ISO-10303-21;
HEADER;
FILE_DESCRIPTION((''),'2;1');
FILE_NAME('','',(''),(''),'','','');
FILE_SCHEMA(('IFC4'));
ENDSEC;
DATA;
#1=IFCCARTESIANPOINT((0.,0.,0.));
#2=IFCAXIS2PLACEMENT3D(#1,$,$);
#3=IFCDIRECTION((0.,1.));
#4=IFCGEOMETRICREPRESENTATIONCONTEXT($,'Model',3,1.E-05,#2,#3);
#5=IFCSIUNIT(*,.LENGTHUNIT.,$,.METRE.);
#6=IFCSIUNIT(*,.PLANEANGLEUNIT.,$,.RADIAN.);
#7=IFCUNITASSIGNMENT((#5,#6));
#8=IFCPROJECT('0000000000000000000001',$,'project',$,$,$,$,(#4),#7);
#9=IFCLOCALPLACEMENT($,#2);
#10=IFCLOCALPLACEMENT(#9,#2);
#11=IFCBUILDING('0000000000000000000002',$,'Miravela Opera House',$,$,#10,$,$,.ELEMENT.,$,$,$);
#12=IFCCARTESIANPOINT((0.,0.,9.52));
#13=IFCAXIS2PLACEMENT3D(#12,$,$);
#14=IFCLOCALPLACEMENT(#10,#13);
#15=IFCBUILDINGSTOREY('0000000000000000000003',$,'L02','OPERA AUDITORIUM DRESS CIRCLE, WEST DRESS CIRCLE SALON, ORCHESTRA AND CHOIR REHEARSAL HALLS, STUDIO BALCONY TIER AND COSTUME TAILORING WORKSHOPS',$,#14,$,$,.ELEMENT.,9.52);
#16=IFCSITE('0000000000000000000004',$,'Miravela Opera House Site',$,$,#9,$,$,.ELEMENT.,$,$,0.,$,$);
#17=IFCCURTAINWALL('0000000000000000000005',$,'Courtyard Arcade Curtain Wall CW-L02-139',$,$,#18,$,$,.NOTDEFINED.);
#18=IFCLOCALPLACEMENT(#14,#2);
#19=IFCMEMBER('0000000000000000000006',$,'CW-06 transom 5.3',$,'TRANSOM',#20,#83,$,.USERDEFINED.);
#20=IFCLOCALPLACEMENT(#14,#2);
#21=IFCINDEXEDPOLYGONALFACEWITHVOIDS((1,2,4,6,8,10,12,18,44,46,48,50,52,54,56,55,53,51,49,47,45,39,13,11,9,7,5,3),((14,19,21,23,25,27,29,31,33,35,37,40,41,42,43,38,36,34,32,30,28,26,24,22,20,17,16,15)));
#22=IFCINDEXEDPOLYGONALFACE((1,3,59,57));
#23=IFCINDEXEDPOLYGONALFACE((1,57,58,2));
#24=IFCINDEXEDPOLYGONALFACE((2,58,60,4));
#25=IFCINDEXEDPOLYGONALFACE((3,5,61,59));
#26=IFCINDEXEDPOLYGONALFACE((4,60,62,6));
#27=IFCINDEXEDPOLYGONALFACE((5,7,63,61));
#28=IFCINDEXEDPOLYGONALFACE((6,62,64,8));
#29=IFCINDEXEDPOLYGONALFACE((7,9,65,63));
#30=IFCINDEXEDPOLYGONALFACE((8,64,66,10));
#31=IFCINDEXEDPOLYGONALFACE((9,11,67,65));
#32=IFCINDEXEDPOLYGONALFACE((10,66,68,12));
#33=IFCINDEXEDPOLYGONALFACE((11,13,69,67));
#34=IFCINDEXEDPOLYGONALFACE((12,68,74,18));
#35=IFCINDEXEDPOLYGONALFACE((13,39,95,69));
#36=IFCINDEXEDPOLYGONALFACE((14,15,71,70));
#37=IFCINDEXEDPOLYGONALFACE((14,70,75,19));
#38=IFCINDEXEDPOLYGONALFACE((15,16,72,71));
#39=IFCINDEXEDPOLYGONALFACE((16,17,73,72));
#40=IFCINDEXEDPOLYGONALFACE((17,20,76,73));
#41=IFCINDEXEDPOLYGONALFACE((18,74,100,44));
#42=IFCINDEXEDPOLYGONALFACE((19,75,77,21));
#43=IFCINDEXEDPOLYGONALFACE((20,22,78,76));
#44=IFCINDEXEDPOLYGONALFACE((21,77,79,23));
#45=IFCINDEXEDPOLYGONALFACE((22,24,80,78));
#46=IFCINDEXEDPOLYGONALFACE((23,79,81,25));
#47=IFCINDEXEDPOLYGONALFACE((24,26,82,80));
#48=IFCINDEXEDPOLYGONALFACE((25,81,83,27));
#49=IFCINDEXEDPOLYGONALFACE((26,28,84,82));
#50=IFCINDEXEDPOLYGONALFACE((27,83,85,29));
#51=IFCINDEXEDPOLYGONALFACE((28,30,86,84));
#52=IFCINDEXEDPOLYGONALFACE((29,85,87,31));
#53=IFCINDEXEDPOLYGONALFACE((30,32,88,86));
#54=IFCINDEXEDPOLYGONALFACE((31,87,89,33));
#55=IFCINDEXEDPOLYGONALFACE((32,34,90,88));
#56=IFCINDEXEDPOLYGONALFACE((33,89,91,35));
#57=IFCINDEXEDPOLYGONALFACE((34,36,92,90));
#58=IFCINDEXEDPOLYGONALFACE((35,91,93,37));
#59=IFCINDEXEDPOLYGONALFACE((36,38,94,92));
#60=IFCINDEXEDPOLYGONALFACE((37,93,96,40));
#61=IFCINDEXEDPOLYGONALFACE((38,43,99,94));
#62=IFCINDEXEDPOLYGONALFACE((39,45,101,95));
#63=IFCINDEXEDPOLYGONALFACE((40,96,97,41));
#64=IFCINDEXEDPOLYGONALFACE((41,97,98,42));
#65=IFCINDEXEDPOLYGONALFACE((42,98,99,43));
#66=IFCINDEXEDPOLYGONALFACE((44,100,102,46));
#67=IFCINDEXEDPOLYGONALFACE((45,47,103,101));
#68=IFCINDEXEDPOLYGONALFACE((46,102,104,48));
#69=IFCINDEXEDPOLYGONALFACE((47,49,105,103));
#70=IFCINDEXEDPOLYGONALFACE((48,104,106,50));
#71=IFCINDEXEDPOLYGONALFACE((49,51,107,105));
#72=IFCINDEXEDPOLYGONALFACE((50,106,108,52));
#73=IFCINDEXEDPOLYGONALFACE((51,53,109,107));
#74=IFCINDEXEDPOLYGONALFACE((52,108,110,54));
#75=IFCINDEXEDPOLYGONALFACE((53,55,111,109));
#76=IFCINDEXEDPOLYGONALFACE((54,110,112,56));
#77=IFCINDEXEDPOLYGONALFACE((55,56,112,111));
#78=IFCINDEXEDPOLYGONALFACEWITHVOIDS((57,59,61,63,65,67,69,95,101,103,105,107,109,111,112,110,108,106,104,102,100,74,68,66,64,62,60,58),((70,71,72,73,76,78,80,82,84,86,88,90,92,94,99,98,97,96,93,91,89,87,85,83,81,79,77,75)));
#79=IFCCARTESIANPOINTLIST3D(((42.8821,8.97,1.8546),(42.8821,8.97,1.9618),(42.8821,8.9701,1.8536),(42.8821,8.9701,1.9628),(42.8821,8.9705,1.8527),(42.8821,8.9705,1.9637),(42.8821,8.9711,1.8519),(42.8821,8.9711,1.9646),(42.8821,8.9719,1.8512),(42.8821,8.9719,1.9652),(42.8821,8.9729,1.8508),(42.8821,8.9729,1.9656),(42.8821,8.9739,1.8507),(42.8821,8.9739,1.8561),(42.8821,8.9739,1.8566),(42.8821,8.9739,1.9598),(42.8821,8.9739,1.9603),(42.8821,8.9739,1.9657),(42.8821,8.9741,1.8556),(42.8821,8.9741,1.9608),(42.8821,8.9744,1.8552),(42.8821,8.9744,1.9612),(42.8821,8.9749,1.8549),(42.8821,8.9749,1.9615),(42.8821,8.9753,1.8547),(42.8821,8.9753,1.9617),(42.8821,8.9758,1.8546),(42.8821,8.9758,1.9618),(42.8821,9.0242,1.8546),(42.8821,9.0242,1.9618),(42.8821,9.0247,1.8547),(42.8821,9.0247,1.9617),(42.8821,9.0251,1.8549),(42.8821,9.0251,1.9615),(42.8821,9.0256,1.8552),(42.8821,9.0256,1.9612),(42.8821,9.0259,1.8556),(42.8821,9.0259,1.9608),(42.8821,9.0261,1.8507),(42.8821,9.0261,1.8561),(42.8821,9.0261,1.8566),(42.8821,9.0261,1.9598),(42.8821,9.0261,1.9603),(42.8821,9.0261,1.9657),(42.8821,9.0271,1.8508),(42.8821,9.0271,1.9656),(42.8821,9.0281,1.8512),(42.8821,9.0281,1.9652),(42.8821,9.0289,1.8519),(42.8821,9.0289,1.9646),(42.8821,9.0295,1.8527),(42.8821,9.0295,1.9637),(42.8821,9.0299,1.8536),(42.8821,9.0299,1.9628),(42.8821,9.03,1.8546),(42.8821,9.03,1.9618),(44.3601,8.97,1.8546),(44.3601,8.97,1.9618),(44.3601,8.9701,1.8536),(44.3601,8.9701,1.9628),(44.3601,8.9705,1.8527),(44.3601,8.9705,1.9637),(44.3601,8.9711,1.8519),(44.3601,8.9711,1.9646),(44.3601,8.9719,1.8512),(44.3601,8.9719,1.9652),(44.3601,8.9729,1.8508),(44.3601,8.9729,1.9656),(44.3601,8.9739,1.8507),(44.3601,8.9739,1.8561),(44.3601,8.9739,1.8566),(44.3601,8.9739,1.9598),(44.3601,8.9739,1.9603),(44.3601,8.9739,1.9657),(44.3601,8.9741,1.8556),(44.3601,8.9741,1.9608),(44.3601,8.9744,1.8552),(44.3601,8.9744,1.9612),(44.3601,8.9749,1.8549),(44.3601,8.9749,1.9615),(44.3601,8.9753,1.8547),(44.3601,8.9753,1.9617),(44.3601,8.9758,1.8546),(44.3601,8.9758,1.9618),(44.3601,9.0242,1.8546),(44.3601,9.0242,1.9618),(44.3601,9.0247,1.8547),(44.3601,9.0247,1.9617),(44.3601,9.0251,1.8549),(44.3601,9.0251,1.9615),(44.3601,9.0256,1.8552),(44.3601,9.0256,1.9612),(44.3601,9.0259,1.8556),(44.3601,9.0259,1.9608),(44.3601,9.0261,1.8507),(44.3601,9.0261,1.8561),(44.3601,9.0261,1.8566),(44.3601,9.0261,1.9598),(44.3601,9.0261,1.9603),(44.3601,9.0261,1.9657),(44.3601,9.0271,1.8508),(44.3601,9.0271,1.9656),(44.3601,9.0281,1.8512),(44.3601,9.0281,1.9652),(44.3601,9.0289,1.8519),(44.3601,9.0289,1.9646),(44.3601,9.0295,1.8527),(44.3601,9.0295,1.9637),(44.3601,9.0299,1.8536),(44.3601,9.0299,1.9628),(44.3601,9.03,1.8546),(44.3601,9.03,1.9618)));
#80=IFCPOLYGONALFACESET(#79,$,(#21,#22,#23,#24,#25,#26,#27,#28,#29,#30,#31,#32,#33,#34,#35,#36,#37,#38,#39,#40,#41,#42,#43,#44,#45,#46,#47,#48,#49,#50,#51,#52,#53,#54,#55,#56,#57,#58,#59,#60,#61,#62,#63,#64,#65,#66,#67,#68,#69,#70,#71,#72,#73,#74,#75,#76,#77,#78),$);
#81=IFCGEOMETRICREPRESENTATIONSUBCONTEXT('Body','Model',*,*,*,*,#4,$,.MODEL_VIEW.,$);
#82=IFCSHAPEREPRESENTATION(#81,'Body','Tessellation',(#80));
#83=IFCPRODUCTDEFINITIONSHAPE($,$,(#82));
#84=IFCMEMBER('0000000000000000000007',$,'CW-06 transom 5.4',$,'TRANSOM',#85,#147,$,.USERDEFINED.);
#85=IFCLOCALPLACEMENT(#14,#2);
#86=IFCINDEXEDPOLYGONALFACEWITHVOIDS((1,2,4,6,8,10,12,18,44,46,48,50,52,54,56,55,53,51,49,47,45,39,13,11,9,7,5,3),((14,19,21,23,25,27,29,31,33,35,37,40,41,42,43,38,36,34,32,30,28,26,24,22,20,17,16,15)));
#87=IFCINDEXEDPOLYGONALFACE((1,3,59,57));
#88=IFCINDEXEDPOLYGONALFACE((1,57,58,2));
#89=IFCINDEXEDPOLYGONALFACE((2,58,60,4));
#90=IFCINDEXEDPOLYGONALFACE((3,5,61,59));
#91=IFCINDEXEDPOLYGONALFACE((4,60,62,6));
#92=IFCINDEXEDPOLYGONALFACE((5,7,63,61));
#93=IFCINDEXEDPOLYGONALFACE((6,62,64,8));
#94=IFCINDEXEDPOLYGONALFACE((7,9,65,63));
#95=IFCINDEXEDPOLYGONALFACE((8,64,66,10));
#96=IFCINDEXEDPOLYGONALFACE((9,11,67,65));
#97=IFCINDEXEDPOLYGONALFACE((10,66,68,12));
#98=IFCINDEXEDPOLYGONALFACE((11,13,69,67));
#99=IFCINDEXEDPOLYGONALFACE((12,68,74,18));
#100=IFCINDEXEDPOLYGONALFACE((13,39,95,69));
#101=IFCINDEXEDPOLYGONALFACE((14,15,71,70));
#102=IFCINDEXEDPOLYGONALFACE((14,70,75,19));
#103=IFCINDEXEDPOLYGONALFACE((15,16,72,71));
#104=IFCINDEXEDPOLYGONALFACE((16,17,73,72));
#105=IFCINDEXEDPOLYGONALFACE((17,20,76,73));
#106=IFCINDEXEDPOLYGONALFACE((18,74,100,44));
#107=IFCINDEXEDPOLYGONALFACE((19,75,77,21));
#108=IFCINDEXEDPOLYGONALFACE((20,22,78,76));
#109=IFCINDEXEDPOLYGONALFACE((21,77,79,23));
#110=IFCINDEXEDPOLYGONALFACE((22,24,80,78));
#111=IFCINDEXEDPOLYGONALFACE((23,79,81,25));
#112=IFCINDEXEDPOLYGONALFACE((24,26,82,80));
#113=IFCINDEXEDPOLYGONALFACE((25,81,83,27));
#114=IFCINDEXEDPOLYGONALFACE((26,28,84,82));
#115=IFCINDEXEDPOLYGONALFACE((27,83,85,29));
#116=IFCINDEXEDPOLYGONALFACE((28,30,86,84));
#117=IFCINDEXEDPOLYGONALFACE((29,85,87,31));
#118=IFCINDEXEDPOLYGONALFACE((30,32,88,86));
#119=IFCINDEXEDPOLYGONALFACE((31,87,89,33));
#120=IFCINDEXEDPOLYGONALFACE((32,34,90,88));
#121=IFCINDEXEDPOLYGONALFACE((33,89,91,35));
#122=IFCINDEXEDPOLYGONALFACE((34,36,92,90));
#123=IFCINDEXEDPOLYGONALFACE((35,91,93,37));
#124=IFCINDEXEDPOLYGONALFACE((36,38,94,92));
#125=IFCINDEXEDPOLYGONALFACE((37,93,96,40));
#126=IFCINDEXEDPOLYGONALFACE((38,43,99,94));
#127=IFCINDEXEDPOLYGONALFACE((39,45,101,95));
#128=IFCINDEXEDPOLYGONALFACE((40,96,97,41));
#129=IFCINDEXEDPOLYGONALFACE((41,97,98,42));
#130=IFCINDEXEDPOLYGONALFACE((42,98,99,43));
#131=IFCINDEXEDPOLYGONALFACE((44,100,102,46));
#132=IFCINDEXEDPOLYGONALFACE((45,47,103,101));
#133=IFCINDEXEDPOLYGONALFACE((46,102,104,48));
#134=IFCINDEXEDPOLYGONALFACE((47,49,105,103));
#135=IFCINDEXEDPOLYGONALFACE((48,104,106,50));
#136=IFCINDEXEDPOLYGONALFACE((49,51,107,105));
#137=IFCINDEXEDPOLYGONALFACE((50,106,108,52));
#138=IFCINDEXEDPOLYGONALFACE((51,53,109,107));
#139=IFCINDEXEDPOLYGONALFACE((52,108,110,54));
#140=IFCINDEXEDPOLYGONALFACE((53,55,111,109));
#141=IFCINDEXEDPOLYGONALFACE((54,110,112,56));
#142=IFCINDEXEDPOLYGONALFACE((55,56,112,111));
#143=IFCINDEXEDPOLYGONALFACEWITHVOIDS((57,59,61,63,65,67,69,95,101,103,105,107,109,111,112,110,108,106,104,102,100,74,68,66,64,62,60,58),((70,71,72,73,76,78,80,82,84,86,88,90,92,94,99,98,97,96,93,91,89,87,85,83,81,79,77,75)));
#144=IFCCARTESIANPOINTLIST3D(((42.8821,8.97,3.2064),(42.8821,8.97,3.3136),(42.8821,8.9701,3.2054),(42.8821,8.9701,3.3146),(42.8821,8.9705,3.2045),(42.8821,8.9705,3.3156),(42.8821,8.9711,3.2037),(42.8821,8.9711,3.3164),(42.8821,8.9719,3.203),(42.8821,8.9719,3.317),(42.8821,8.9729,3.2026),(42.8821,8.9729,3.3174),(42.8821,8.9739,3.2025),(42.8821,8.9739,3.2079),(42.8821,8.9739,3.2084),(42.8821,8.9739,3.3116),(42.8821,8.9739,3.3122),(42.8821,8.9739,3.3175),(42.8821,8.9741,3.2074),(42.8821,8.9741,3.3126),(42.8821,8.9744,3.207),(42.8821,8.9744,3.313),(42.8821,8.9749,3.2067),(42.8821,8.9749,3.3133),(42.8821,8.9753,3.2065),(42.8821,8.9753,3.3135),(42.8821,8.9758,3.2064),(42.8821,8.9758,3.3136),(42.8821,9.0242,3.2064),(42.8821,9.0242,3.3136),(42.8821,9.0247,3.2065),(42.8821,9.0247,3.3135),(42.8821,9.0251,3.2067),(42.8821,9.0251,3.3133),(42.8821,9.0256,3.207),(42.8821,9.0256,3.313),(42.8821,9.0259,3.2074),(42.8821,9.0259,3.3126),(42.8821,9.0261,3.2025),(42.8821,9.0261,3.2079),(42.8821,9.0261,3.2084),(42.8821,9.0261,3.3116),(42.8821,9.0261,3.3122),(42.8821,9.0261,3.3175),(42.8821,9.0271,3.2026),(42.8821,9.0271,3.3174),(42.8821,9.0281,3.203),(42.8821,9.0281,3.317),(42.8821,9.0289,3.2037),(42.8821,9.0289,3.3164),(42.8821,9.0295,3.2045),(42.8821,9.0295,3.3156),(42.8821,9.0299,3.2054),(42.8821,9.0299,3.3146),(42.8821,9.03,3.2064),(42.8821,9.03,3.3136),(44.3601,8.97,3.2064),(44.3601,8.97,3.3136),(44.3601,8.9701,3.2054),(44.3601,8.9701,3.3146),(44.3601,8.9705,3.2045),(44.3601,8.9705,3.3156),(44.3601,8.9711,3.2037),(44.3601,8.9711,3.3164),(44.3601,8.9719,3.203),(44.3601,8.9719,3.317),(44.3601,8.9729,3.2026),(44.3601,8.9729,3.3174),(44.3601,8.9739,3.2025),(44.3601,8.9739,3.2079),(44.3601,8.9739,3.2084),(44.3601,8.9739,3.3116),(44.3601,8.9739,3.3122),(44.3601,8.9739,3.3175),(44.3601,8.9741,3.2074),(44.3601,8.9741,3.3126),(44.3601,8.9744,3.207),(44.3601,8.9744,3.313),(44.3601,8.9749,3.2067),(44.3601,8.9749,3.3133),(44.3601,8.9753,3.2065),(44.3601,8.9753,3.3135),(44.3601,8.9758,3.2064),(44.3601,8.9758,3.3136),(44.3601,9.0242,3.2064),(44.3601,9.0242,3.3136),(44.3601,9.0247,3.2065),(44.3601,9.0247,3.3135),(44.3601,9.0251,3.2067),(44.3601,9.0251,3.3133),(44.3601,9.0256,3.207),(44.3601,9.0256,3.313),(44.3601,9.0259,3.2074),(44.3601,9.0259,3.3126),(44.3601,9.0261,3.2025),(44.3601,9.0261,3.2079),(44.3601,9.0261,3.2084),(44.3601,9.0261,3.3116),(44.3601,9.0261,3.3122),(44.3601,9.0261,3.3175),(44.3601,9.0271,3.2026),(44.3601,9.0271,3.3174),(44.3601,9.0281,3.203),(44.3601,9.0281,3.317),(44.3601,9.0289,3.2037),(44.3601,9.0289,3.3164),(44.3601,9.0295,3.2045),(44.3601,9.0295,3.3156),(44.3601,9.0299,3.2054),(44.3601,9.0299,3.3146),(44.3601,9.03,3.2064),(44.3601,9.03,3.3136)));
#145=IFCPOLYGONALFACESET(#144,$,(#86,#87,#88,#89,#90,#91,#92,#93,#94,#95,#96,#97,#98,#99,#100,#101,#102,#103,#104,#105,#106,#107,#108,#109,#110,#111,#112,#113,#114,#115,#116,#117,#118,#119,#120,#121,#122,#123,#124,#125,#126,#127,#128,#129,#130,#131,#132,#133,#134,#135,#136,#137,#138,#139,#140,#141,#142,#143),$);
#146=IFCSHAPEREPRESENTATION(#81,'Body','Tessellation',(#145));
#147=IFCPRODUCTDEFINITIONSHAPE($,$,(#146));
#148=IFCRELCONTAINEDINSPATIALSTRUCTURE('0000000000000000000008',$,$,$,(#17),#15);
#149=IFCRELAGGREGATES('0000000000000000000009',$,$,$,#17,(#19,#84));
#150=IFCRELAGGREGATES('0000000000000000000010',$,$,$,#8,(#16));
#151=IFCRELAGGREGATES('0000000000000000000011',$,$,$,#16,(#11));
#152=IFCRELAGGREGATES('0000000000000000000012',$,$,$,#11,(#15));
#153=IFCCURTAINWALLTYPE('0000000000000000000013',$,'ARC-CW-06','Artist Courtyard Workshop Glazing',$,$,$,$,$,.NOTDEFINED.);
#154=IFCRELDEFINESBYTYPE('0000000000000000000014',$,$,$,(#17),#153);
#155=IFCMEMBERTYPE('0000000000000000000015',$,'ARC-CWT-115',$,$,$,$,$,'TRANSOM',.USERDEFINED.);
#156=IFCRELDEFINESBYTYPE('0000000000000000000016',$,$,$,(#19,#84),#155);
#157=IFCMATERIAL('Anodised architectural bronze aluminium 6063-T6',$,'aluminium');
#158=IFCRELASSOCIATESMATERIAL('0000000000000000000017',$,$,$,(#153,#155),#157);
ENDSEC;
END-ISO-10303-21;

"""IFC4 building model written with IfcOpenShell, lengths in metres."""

from ifc_helpers import new_model, si_unit, direction, frame, origin, origin_2d, place, context, subcontext, project, spatial, hollow_rectangle, extrude, material, material_profile, profile_set, type_object, element, aggregate, save


model = new_model("IFC4")

# Units and contexts
model_context = context("Model", 3, precision=1e-05, world=origin(), true_north=direction((0.0, 1.0)))
body_context = subcontext(model_context, "Body", "Model", "MODEL_VIEW")
ifc_project = project(units=[si_unit("LENGTHUNIT", "METRE"), si_unit("PLANEANGLEUNIT", "RADIAN")], contexts=[model_context])

# Site, building, storey
site_placement = place(None, origin())
site = spatial("IfcSite", under=ifc_project, at=site_placement, Name="Miravela Opera House Site", CompositionType="ELEMENT", RefElevation=0.0)
building_placement = place(site_placement, origin())
building = spatial("IfcBuilding", under=site, at=building_placement, Name="Miravela Opera House", CompositionType="ELEMENT")
storey_placement = place(building_placement, frame((0.0, 0.0, 9.52)))
storey = spatial("IfcBuildingStorey", under=building, at=storey_placement, Name="L02", Description="OPERA AUDITORIUM DRESS CIRCLE, WEST DRESS CIRCLE SALON, ORCHESTRA AND CHOIR REHEARSAL HALLS, STUDIO BALCONY TIER AND COSTUME TAILORING WORKSHOPS", CompositionType="ELEMENT", Elevation=9.52)

# Curtain wall
ifc_material_1 = material(Name="Anodised architectural bronze aluminium 6063-T6", Category="aluminium")
curtain_wall_type = type_object("IfcCurtainWallType", Name="ARC-CW-06", Description="Artist Courtyard Workshop Glazing", PredefinedType="NOTDEFINED", material=ifc_material_1)
curtain_wall_1_placement = place(storey_placement, origin())
curtain_wall_1 = element("IfcCurtainWall", 1, at=curtain_wall_1_placement, inside=storey, type_object=curtain_wall_type, Name="Courtyard Arcade Curtain Wall CW-L02-139", PredefinedType="NOTDEFINED")

# Members
ifc_material_profile_1 = material_profile(ifc_material_1, hollow_rectangle(XDim=0.0601, YDim=0.115, WallThickness=0.0039, InnerFilletRadius=0.002, OuterFilletRadius=0.0039, at=origin_2d()), Name="CWT-60X115")
ifc_profile_set_1 = profile_set([ifc_material_profile_1])
member_type_1 = type_object("IfcMemberType", Name="ARC-CWT-115", ElementType="TRANSOM", PredefinedType="USERDEFINED", material=ifc_profile_set_1)
member_1_placement = place(storey_placement, frame((42.8821, 9.0, 1.9082), z_axis=(1.0, 0.0, 0.0), x_axis=(0.0, 1.0, 0.0)))
member_1 = element("IfcMember", 2, at=member_1_placement, type_object=member_type_1, Name="CW-06 transom 5.3", ObjectType="TRANSOM", PredefinedType="USERDEFINED", context=body_context, shape_type="SweptSolid", body=[
    extrude(hollow_rectangle(XDim=0.0601, YDim=0.115, WallThickness=0.0039, InnerFilletRadius=0.002, OuterFilletRadius=0.0039, at=origin_2d()), origin(), (0.0, 0.0, 1.0), 1.478),
])
member_2_placement = place(storey_placement, frame((42.8821, 9.0, 3.26), z_axis=(1.0, 0.0, 0.0), x_axis=(0.0, 1.0, 0.0)))
member_2 = element("IfcMember", 3, at=member_2_placement, type_object=member_type_1, Name="CW-06 transom 5.4", ObjectType="TRANSOM", PredefinedType="USERDEFINED", context=body_context, shape_type="SweptSolid", body=[
    extrude(hollow_rectangle(XDim=0.0601, YDim=0.115, WallThickness=0.0039, InnerFilletRadius=0.002, OuterFilletRadius=0.0039, at=origin_2d()), origin(), (0.0, 0.0, 1.0), 1.478),
])

aggregate(curtain_wall_1, [member_1, member_2])

save(model, "model.ifc")
